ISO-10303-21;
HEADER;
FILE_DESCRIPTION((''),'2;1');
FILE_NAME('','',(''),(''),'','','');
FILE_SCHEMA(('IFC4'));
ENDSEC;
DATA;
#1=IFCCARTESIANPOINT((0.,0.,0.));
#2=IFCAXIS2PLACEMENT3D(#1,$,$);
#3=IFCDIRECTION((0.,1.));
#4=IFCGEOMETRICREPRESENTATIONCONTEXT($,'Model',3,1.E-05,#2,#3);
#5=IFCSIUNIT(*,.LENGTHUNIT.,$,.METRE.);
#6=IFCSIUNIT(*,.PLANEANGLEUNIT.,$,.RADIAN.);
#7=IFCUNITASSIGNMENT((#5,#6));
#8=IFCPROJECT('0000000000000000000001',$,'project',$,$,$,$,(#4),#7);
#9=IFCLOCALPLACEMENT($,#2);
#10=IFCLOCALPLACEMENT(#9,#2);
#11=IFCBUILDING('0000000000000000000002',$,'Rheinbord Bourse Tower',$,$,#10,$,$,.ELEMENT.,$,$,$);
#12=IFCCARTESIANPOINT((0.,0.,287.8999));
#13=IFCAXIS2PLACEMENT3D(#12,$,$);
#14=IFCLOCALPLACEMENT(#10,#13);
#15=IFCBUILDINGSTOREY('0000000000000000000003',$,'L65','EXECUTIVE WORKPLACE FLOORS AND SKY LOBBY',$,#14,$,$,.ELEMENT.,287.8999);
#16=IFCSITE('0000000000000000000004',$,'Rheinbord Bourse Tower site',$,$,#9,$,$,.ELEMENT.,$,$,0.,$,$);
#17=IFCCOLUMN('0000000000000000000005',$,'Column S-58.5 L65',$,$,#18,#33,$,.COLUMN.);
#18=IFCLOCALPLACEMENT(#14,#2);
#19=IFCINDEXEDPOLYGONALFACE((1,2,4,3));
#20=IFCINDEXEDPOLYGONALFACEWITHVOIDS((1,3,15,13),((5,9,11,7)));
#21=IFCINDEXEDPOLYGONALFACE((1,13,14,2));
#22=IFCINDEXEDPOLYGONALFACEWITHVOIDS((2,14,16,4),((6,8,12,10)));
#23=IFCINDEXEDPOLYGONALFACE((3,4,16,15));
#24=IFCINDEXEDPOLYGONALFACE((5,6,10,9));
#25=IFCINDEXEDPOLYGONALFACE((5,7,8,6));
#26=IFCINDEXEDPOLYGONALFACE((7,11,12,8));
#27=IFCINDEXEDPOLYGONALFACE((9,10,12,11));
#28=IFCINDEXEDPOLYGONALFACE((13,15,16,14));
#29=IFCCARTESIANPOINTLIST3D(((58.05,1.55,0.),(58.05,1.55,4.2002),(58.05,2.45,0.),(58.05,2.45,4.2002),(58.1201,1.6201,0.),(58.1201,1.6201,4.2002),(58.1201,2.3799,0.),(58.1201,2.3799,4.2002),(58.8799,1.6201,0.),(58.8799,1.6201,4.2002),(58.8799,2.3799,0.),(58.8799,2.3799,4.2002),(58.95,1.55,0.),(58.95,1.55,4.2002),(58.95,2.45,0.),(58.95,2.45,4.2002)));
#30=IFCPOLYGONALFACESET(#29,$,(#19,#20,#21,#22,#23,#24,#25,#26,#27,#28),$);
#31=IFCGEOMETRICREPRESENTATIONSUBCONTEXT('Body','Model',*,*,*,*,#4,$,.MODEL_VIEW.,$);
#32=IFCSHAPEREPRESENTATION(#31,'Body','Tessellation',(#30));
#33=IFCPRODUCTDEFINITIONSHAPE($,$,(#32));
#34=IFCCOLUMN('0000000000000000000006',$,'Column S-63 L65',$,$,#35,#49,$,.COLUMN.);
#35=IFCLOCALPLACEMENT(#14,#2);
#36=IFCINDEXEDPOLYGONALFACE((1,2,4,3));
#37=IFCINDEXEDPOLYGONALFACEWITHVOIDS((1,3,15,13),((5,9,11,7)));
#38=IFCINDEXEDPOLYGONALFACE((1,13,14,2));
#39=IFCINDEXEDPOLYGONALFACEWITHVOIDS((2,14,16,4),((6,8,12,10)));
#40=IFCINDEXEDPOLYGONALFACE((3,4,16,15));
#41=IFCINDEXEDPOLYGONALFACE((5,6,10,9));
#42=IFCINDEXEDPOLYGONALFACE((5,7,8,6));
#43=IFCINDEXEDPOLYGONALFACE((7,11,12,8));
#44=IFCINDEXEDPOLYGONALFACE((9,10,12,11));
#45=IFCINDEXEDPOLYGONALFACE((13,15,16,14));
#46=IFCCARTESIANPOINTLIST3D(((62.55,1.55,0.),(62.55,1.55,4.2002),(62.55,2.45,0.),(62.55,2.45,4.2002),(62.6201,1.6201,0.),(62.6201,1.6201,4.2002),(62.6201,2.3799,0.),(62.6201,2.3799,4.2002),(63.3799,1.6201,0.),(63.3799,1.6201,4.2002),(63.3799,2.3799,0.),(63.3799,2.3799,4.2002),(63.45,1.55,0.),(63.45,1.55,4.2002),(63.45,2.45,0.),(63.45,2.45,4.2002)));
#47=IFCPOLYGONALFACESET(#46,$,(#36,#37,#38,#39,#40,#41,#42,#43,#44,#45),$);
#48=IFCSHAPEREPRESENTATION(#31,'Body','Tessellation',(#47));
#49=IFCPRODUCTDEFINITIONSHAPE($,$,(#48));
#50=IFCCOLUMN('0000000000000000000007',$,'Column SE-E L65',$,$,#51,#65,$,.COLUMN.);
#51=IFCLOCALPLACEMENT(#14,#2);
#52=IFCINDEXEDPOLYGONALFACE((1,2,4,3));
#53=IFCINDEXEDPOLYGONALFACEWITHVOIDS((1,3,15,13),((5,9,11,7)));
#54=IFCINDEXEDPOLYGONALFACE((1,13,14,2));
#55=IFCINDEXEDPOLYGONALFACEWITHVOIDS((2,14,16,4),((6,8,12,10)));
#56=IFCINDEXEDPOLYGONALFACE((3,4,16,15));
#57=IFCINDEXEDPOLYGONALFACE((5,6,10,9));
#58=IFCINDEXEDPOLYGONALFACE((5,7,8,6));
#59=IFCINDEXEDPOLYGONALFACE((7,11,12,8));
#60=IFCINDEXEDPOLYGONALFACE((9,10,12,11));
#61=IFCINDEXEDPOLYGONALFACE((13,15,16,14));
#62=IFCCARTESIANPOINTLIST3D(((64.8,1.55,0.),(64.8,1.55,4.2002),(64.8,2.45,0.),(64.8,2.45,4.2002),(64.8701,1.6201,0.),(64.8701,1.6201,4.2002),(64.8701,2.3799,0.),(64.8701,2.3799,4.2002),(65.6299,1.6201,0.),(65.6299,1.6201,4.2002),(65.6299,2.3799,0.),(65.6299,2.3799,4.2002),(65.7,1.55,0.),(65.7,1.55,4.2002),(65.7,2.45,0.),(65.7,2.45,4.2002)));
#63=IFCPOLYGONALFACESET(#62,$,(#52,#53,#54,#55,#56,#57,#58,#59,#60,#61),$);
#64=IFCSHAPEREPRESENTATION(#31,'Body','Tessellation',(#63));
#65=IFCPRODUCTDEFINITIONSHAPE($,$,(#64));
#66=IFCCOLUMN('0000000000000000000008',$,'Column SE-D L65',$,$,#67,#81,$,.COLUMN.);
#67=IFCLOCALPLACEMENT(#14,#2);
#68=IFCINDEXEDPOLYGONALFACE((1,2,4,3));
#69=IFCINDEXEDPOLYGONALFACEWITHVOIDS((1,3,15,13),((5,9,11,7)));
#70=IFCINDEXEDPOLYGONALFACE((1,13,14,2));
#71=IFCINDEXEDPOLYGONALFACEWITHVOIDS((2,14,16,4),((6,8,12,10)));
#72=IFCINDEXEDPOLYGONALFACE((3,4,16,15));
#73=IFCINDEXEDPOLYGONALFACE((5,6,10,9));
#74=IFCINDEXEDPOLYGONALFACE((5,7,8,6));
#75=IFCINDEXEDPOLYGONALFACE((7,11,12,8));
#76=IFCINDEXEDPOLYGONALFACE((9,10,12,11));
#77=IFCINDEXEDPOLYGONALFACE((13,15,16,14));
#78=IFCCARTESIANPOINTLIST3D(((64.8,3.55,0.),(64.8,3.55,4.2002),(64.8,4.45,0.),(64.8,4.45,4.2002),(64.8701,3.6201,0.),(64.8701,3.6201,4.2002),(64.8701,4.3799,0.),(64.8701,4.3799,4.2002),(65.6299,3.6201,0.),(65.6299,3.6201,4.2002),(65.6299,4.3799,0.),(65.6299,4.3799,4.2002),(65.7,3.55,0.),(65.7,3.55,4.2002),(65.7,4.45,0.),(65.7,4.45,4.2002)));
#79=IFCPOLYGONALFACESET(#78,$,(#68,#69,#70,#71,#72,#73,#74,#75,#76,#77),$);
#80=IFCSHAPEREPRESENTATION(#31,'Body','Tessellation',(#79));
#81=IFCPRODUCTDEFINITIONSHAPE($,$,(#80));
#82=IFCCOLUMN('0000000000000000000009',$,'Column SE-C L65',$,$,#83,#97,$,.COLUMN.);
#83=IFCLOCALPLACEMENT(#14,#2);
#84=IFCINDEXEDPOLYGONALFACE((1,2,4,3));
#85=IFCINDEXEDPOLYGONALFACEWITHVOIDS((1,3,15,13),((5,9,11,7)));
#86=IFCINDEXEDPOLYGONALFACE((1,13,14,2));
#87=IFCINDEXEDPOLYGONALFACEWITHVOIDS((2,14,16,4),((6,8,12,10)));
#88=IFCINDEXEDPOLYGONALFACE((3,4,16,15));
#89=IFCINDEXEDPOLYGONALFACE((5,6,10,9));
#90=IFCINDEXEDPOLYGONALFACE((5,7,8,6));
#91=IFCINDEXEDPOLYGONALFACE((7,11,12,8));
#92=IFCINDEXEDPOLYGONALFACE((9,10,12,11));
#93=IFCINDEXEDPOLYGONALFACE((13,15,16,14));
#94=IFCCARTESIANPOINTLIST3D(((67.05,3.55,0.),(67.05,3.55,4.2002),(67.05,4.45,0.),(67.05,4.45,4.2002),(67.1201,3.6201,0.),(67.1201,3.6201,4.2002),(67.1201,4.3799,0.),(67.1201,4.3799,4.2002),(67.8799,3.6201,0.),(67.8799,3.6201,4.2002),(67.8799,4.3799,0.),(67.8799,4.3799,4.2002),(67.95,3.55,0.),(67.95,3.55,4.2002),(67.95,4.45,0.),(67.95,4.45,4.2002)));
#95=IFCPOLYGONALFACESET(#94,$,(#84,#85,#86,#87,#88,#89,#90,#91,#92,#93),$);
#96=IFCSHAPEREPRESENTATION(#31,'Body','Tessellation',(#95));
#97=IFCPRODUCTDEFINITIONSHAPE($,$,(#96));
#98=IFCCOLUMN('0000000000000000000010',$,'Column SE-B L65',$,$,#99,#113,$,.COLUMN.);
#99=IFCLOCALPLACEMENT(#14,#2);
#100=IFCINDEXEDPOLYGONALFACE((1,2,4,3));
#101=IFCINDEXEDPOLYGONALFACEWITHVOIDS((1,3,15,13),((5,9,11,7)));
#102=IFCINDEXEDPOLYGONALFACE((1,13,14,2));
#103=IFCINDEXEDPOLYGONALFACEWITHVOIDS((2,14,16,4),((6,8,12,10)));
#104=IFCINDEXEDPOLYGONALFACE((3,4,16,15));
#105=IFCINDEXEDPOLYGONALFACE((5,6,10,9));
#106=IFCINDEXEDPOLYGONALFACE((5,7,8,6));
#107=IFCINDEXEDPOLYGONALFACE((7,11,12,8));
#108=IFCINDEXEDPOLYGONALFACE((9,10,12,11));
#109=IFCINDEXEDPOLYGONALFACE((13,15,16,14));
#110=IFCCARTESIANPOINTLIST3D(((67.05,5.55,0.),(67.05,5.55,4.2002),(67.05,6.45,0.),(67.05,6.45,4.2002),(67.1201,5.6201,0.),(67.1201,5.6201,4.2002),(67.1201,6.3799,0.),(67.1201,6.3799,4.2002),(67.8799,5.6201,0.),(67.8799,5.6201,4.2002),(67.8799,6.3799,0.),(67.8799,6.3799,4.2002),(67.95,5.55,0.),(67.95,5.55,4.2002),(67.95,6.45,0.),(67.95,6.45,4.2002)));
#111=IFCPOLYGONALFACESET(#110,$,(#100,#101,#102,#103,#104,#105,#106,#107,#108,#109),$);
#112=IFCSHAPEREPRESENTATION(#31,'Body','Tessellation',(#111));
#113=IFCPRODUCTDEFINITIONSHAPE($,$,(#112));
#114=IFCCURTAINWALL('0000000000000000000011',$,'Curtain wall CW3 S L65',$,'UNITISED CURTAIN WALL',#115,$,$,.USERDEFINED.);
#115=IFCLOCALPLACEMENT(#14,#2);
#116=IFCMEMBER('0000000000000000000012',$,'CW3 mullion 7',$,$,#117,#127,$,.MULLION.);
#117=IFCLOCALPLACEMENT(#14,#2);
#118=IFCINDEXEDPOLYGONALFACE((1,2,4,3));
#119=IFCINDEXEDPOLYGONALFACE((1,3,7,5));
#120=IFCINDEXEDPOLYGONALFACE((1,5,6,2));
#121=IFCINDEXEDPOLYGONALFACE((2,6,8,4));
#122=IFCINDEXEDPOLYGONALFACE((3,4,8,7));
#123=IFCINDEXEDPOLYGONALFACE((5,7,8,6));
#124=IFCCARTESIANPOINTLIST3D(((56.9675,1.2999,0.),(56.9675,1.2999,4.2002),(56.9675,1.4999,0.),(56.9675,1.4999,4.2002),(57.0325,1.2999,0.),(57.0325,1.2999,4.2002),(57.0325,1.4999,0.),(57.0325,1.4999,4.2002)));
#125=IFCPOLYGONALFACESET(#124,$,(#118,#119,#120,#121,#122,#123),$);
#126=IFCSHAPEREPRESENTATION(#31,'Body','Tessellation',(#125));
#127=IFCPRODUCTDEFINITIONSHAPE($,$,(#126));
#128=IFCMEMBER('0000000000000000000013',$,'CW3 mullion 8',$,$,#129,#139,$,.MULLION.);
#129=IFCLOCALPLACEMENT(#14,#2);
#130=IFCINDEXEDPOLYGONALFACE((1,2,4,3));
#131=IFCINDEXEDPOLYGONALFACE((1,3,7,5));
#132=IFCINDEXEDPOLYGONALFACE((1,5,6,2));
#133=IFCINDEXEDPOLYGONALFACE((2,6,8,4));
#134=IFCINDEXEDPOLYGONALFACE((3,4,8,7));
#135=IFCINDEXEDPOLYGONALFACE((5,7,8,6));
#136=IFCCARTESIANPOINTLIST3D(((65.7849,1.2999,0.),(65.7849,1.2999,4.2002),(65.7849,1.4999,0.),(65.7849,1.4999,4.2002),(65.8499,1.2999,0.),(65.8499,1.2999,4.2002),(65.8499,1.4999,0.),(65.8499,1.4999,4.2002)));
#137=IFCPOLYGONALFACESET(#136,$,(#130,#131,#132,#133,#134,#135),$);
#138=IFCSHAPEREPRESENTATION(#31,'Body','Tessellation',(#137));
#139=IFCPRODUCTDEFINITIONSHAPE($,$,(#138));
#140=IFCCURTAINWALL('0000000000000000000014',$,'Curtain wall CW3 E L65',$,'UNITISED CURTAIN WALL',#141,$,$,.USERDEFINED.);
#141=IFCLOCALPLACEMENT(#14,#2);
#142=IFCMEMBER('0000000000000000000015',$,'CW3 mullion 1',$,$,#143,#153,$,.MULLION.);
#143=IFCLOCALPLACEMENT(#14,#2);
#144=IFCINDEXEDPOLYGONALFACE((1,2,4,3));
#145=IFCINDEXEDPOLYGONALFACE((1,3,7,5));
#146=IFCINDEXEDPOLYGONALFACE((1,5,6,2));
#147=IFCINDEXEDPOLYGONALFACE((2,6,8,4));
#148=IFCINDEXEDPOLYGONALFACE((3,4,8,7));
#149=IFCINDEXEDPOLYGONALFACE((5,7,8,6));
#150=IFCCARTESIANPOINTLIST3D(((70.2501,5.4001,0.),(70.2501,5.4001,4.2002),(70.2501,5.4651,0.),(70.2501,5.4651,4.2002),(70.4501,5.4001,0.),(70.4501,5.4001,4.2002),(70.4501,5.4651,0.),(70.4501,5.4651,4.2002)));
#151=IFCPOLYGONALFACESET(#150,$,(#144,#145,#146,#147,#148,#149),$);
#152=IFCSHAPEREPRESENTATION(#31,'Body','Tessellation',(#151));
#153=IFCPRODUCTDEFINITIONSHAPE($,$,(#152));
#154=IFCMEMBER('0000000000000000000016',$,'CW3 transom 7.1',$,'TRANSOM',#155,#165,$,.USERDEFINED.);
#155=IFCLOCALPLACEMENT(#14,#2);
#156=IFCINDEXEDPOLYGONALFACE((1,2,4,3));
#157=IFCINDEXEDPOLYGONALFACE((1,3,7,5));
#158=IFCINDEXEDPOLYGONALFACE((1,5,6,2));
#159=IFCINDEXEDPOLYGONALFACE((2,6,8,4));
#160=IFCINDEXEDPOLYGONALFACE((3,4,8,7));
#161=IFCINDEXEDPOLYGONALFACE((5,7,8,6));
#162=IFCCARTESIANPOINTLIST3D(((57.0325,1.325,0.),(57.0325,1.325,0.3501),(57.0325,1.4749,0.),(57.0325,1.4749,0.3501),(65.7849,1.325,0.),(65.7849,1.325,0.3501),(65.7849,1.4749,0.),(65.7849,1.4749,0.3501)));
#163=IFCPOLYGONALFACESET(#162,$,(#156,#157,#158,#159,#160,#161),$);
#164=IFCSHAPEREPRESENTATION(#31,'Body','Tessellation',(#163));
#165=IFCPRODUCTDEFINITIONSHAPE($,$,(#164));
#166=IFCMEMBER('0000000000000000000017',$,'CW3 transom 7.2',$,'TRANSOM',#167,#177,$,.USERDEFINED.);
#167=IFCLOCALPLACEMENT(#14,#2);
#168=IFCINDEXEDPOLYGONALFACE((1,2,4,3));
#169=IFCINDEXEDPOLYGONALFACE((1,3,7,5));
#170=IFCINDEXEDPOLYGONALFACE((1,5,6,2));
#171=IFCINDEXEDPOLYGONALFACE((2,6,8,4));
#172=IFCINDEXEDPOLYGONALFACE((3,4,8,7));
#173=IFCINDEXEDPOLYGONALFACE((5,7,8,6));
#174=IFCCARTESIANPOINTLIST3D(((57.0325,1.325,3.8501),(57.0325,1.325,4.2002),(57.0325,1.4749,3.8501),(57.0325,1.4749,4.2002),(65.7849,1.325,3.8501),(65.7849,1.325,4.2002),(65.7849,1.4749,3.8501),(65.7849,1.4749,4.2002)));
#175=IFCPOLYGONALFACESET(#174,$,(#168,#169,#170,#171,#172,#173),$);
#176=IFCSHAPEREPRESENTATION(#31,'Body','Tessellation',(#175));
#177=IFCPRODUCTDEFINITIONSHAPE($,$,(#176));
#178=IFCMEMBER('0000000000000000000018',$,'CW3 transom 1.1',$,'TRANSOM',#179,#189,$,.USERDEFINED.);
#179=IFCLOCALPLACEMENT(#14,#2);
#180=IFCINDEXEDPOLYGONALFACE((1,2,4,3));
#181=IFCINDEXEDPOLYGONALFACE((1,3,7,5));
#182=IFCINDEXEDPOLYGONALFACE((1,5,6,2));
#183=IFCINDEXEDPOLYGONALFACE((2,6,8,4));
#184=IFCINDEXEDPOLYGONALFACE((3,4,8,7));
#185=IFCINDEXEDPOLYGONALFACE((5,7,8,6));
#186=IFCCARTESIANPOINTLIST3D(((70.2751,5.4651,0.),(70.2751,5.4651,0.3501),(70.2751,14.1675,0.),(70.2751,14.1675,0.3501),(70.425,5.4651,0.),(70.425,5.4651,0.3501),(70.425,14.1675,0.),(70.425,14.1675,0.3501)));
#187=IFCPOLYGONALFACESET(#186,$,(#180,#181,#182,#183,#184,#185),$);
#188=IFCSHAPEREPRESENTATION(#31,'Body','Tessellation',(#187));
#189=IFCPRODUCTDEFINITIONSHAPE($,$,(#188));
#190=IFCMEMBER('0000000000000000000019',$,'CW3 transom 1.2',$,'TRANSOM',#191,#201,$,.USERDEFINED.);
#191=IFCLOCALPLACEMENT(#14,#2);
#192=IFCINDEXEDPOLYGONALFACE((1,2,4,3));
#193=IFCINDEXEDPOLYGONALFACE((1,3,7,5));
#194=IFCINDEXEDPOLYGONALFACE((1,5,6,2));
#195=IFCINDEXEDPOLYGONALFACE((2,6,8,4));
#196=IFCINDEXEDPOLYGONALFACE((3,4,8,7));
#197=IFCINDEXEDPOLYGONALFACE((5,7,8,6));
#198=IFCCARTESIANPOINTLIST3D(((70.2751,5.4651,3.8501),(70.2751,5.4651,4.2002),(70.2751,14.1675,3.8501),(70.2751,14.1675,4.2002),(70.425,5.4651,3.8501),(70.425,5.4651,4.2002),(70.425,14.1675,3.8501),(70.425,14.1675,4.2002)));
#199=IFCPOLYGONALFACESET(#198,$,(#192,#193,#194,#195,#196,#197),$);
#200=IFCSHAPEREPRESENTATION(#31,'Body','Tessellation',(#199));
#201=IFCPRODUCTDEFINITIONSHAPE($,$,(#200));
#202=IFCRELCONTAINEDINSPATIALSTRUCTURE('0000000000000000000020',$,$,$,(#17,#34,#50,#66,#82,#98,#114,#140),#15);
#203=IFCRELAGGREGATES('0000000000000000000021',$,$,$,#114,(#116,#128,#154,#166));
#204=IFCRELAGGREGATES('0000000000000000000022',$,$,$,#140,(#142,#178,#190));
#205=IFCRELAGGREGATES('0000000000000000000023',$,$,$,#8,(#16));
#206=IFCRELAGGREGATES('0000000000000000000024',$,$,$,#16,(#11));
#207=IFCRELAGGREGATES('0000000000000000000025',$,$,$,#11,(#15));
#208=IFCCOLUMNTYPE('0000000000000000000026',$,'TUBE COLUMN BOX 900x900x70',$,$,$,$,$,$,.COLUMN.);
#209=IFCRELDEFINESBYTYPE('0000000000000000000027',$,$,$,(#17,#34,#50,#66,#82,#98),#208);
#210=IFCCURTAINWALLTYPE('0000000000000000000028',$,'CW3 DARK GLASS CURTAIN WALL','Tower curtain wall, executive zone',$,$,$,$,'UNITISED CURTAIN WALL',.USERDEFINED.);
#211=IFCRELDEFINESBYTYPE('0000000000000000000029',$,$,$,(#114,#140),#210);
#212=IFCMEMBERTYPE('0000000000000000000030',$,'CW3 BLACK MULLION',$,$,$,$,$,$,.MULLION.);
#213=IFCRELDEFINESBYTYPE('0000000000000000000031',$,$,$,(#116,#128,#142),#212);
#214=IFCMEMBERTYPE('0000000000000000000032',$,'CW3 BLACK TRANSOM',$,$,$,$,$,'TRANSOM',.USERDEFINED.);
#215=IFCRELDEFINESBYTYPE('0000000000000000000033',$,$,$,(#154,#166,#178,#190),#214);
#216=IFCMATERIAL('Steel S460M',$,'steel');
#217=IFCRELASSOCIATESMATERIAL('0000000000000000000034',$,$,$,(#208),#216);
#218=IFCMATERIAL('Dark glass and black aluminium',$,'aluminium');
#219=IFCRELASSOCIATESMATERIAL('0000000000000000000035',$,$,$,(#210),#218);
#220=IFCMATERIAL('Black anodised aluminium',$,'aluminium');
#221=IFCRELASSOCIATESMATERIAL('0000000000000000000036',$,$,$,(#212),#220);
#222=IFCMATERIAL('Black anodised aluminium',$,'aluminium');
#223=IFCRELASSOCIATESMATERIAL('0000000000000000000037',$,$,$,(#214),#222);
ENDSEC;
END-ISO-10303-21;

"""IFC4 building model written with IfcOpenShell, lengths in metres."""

from ifc_helpers import new_model, si_unit, direction, frame, origin, origin_2d, place, context, subcontext, project, spatial, rectangle, hollow_rectangle, extrude, material, material_profile, profile_set, type_object, element, aggregate, save


model = new_model("IFC4")

# Units and contexts
model_context = context("Model", 3, precision=1e-05, world=origin(), true_north=direction((0.0, 1.0)))
body_context = subcontext(model_context, "Body", "Model", "MODEL_VIEW")
ifc_project = project(units=[si_unit("LENGTHUNIT", "METRE"), si_unit("PLANEANGLEUNIT", "RADIAN")], contexts=[model_context])

# Site, building, storey
site_placement = place(None, origin())
site = spatial("IfcSite", under=ifc_project, at=site_placement, Name="Rheinbord Bourse Tower site", CompositionType="ELEMENT", RefElevation=0.0)
building_placement = place(site_placement, origin())
building = spatial("IfcBuilding", under=site, at=building_placement, Name="Rheinbord Bourse Tower", CompositionType="ELEMENT")
storey_placement = place(building_placement, frame((0.0, 0.0, 287.8999)))
storey = spatial("IfcBuildingStorey", under=building, at=storey_placement, Name="L65", Description="EXECUTIVE WORKPLACE FLOORS AND SKY LOBBY", CompositionType="ELEMENT", Elevation=287.8999)

# Columns
ifc_material_1 = material(Name="Steel S460M", Category="steel")
ifc_material_profile_1 = material_profile(ifc_material_1, hollow_rectangle(XDim=0.8999, YDim=0.8999, WallThickness=0.0701, at=origin_2d()), Name="BOX 900x900x70")
ifc_profile_set_1 = profile_set([ifc_material_profile_1], Name="Steel S460M")
column_type = type_object("IfcColumnType", Name="TUBE COLUMN BOX 900x900x70", PredefinedType="COLUMN", material=ifc_profile_set_1)
for number, where, z_axis, x_axis, name in (
    (1, (58.5, 2.0, 0.0), (0.0, 0.0, 1.0), (0.0, 1.0, 0.0), "Column S-58.5 L65"),
    (2, (63.0, 2.0, 0.0), (0.0, 0.0, 1.0), (0.0, 1.0, 0.0), "Column S-63 L65"),
    (3, (65.25, 2.0, 0.0), (0.0, 0.0, 1.0), (0.0, 1.0, 0.0), "Column SE-E L65"),
    (4, (65.25, 4.0, 0.0), (0.0, 0.0, 1.0), (0.0, 1.0, 0.0), "Column SE-D L65"),
    (5, (67.5, 4.0, 0.0), (0.0, 0.0, 1.0), (1.0, 0.0, 0.0), "Column SE-C L65"),
    (6, (67.5, 6.0, 0.0), (0.0, 0.0, 1.0), (1.0, 0.0, 0.0), "Column SE-B L65"),
):
    element("IfcColumn", number, at=place(storey_placement, frame(where, z_axis=z_axis, x_axis=x_axis)), inside=storey, type_object=column_type, Name=name, PredefinedType="COLUMN", context=body_context, shape_type="SweptSolid", body=[
        extrude(hollow_rectangle(XDim=0.8999, YDim=0.8999, WallThickness=0.0701, at=origin_2d()), origin(), (0.0, 0.0, 1.0), 4.2002),
    ])

# Curtain wall, members
ifc_material_2 = material(Name="Dark glass and black aluminium", Category="aluminium")
curtain_wall_type = type_object("IfcCurtainWallType", Name="CW3 DARK GLASS CURTAIN WALL", Description="Tower curtain wall, executive zone", ElementType="UNITISED CURTAIN WALL", PredefinedType="USERDEFINED", material=ifc_material_2)
curtain_wall_1_placement = place(storey_placement, origin())
curtain_wall_1 = element("IfcCurtainWall", 7, at=curtain_wall_1_placement, inside=storey, type_object=curtain_wall_type, Name="Curtain wall CW3 S L65", ObjectType="UNITISED CURTAIN WALL", PredefinedType="USERDEFINED")
ifc_material_3 = material(Name="Black anodised aluminium", Category="aluminium")
ifc_material_profile_2 = material_profile(ifc_material_3, rectangle(XDim=0.2, YDim=0.0649, at=origin_2d()), Name="CW3 MULLION 65x200")
ifc_profile_set_2 = profile_set([ifc_material_profile_2], Name="Black anodised aluminium")
member_type_1 = type_object("IfcMemberType", Name="CW3 BLACK MULLION", PredefinedType="MULLION", material=ifc_profile_set_2)
member_1_placement = place(storey_placement, frame((57.0, 1.3999, 0.0), z_axis=(0.0, 0.0, 1.0), x_axis=(0.0, 1.0, 0.0)))
member_1 = element("IfcMember", 8, at=member_1_placement, type_object=member_type_1, Name="CW3 mullion 7", PredefinedType="MULLION", context=body_context, shape_type="SweptSolid", body=[
    extrude(rectangle(XDim=0.2, YDim=0.0649, at=origin_2d()), origin(), (0.0, 0.0, 1.0), 4.2002),
])
member_2_placement = place(storey_placement, frame((65.8174, 1.3999, 0.0), z_axis=(0.0, 0.0, 1.0), x_axis=(0.0, 1.0, 0.0)))
member_2 = element("IfcMember", 9, at=member_2_placement, type_object=member_type_1, Name="CW3 mullion 8", PredefinedType="MULLION", context=body_context, shape_type="SweptSolid", body=[
    extrude(rectangle(XDim=0.2, YDim=0.0649, at=origin_2d()), origin(), (0.0, 0.0, 1.0), 4.2002),
])

# Curtain wall, member
curtain_wall_2_placement = place(storey_placement, origin())
curtain_wall_2 = element("IfcCurtainWall", 10, at=curtain_wall_2_placement, inside=storey, type_object=curtain_wall_type, Name="Curtain wall CW3 E L65", ObjectType="UNITISED CURTAIN WALL", PredefinedType="USERDEFINED")
member_3_placement = place(storey_placement, frame((70.3501, 5.4326, 0.0), z_axis=(0.0, 0.0, 1.0), x_axis=(-1.0, 0.0, 0.0)))
member_3 = element("IfcMember", 11, at=member_3_placement, type_object=member_type_1, Name="CW3 mullion 1", PredefinedType="MULLION", context=body_context, shape_type="SweptSolid", body=[
    extrude(rectangle(XDim=0.2, YDim=0.0649, at=origin_2d()), origin(), (0.0, 0.0, 1.0), 4.2002),
])

# Members
ifc_material_4 = material(Name="Black anodised aluminium", Category="aluminium")
ifc_material_profile_3 = material_profile(ifc_material_4, rectangle(XDim=0.1499, YDim=0.3501, at=origin_2d()), Name="CW3 TRANSOM 350x150")
ifc_profile_set_3 = profile_set([ifc_material_profile_3], Name="Black anodised aluminium")
member_type_2 = type_object("IfcMemberType", Name="CW3 BLACK TRANSOM", ElementType="TRANSOM", PredefinedType="USERDEFINED", material=ifc_profile_set_3)
member_4_placement = place(storey_placement, frame((57.0325, 1.3999, 0.175), z_axis=(1.0, 0.0, 0.0), x_axis=(0.0, 1.0, 0.0)))
member_4 = element("IfcMember", 12, at=member_4_placement, type_object=member_type_2, Name="CW3 transom 7.1", ObjectType="TRANSOM", PredefinedType="USERDEFINED", context=body_context, shape_type="SweptSolid", body=[
    extrude(rectangle(XDim=0.1499, YDim=0.3501, at=origin_2d()), origin(), (0.0, 0.0, 1.0), 8.7524),
])
member_5_placement = place(storey_placement, frame((57.0325, 1.3999, 4.0251), z_axis=(1.0, 0.0, 0.0), x_axis=(0.0, 1.0, 0.0)))
member_5 = element("IfcMember", 13, at=member_5_placement, type_object=member_type_2, Name="CW3 transom 7.2", ObjectType="TRANSOM", PredefinedType="USERDEFINED", context=body_context, shape_type="SweptSolid", body=[
    extrude(rectangle(XDim=0.1499, YDim=0.3501, at=origin_2d()), origin(), (0.0, 0.0, 1.0), 8.7524),
])
member_6_placement = place(storey_placement, frame((70.3501, 5.4651, 0.175), z_axis=(0.0, 1.0, 0.0), x_axis=(-1.0, 0.0, 0.0)))
member_6 = element("IfcMember", 14, at=member_6_placement, type_object=member_type_2, Name="CW3 transom 1.1", ObjectType="TRANSOM", PredefinedType="USERDEFINED", context=body_context, shape_type="SweptSolid", body=[
    extrude(rectangle(XDim=0.1499, YDim=0.3501, at=origin_2d()), origin(), (0.0, 0.0, 1.0), 8.7024),
])
member_7_placement = place(storey_placement, frame((70.3501, 5.4651, 4.0251), z_axis=(0.0, 1.0, 0.0), x_axis=(-1.0, 0.0, 0.0)))
member_7 = element("IfcMember", 15, at=member_7_placement, type_object=member_type_2, Name="CW3 transom 1.2", ObjectType="TRANSOM", PredefinedType="USERDEFINED", context=body_context, shape_type="SweptSolid", body=[
    extrude(rectangle(XDim=0.1499, YDim=0.3501, at=origin_2d()), origin(), (0.0, 0.0, 1.0), 8.7024),
])

aggregate(curtain_wall_1, [member_1, member_2, member_4, member_5])
aggregate(curtain_wall_2, [member_3, member_6, member_7])

save(model, "model.ifc")
